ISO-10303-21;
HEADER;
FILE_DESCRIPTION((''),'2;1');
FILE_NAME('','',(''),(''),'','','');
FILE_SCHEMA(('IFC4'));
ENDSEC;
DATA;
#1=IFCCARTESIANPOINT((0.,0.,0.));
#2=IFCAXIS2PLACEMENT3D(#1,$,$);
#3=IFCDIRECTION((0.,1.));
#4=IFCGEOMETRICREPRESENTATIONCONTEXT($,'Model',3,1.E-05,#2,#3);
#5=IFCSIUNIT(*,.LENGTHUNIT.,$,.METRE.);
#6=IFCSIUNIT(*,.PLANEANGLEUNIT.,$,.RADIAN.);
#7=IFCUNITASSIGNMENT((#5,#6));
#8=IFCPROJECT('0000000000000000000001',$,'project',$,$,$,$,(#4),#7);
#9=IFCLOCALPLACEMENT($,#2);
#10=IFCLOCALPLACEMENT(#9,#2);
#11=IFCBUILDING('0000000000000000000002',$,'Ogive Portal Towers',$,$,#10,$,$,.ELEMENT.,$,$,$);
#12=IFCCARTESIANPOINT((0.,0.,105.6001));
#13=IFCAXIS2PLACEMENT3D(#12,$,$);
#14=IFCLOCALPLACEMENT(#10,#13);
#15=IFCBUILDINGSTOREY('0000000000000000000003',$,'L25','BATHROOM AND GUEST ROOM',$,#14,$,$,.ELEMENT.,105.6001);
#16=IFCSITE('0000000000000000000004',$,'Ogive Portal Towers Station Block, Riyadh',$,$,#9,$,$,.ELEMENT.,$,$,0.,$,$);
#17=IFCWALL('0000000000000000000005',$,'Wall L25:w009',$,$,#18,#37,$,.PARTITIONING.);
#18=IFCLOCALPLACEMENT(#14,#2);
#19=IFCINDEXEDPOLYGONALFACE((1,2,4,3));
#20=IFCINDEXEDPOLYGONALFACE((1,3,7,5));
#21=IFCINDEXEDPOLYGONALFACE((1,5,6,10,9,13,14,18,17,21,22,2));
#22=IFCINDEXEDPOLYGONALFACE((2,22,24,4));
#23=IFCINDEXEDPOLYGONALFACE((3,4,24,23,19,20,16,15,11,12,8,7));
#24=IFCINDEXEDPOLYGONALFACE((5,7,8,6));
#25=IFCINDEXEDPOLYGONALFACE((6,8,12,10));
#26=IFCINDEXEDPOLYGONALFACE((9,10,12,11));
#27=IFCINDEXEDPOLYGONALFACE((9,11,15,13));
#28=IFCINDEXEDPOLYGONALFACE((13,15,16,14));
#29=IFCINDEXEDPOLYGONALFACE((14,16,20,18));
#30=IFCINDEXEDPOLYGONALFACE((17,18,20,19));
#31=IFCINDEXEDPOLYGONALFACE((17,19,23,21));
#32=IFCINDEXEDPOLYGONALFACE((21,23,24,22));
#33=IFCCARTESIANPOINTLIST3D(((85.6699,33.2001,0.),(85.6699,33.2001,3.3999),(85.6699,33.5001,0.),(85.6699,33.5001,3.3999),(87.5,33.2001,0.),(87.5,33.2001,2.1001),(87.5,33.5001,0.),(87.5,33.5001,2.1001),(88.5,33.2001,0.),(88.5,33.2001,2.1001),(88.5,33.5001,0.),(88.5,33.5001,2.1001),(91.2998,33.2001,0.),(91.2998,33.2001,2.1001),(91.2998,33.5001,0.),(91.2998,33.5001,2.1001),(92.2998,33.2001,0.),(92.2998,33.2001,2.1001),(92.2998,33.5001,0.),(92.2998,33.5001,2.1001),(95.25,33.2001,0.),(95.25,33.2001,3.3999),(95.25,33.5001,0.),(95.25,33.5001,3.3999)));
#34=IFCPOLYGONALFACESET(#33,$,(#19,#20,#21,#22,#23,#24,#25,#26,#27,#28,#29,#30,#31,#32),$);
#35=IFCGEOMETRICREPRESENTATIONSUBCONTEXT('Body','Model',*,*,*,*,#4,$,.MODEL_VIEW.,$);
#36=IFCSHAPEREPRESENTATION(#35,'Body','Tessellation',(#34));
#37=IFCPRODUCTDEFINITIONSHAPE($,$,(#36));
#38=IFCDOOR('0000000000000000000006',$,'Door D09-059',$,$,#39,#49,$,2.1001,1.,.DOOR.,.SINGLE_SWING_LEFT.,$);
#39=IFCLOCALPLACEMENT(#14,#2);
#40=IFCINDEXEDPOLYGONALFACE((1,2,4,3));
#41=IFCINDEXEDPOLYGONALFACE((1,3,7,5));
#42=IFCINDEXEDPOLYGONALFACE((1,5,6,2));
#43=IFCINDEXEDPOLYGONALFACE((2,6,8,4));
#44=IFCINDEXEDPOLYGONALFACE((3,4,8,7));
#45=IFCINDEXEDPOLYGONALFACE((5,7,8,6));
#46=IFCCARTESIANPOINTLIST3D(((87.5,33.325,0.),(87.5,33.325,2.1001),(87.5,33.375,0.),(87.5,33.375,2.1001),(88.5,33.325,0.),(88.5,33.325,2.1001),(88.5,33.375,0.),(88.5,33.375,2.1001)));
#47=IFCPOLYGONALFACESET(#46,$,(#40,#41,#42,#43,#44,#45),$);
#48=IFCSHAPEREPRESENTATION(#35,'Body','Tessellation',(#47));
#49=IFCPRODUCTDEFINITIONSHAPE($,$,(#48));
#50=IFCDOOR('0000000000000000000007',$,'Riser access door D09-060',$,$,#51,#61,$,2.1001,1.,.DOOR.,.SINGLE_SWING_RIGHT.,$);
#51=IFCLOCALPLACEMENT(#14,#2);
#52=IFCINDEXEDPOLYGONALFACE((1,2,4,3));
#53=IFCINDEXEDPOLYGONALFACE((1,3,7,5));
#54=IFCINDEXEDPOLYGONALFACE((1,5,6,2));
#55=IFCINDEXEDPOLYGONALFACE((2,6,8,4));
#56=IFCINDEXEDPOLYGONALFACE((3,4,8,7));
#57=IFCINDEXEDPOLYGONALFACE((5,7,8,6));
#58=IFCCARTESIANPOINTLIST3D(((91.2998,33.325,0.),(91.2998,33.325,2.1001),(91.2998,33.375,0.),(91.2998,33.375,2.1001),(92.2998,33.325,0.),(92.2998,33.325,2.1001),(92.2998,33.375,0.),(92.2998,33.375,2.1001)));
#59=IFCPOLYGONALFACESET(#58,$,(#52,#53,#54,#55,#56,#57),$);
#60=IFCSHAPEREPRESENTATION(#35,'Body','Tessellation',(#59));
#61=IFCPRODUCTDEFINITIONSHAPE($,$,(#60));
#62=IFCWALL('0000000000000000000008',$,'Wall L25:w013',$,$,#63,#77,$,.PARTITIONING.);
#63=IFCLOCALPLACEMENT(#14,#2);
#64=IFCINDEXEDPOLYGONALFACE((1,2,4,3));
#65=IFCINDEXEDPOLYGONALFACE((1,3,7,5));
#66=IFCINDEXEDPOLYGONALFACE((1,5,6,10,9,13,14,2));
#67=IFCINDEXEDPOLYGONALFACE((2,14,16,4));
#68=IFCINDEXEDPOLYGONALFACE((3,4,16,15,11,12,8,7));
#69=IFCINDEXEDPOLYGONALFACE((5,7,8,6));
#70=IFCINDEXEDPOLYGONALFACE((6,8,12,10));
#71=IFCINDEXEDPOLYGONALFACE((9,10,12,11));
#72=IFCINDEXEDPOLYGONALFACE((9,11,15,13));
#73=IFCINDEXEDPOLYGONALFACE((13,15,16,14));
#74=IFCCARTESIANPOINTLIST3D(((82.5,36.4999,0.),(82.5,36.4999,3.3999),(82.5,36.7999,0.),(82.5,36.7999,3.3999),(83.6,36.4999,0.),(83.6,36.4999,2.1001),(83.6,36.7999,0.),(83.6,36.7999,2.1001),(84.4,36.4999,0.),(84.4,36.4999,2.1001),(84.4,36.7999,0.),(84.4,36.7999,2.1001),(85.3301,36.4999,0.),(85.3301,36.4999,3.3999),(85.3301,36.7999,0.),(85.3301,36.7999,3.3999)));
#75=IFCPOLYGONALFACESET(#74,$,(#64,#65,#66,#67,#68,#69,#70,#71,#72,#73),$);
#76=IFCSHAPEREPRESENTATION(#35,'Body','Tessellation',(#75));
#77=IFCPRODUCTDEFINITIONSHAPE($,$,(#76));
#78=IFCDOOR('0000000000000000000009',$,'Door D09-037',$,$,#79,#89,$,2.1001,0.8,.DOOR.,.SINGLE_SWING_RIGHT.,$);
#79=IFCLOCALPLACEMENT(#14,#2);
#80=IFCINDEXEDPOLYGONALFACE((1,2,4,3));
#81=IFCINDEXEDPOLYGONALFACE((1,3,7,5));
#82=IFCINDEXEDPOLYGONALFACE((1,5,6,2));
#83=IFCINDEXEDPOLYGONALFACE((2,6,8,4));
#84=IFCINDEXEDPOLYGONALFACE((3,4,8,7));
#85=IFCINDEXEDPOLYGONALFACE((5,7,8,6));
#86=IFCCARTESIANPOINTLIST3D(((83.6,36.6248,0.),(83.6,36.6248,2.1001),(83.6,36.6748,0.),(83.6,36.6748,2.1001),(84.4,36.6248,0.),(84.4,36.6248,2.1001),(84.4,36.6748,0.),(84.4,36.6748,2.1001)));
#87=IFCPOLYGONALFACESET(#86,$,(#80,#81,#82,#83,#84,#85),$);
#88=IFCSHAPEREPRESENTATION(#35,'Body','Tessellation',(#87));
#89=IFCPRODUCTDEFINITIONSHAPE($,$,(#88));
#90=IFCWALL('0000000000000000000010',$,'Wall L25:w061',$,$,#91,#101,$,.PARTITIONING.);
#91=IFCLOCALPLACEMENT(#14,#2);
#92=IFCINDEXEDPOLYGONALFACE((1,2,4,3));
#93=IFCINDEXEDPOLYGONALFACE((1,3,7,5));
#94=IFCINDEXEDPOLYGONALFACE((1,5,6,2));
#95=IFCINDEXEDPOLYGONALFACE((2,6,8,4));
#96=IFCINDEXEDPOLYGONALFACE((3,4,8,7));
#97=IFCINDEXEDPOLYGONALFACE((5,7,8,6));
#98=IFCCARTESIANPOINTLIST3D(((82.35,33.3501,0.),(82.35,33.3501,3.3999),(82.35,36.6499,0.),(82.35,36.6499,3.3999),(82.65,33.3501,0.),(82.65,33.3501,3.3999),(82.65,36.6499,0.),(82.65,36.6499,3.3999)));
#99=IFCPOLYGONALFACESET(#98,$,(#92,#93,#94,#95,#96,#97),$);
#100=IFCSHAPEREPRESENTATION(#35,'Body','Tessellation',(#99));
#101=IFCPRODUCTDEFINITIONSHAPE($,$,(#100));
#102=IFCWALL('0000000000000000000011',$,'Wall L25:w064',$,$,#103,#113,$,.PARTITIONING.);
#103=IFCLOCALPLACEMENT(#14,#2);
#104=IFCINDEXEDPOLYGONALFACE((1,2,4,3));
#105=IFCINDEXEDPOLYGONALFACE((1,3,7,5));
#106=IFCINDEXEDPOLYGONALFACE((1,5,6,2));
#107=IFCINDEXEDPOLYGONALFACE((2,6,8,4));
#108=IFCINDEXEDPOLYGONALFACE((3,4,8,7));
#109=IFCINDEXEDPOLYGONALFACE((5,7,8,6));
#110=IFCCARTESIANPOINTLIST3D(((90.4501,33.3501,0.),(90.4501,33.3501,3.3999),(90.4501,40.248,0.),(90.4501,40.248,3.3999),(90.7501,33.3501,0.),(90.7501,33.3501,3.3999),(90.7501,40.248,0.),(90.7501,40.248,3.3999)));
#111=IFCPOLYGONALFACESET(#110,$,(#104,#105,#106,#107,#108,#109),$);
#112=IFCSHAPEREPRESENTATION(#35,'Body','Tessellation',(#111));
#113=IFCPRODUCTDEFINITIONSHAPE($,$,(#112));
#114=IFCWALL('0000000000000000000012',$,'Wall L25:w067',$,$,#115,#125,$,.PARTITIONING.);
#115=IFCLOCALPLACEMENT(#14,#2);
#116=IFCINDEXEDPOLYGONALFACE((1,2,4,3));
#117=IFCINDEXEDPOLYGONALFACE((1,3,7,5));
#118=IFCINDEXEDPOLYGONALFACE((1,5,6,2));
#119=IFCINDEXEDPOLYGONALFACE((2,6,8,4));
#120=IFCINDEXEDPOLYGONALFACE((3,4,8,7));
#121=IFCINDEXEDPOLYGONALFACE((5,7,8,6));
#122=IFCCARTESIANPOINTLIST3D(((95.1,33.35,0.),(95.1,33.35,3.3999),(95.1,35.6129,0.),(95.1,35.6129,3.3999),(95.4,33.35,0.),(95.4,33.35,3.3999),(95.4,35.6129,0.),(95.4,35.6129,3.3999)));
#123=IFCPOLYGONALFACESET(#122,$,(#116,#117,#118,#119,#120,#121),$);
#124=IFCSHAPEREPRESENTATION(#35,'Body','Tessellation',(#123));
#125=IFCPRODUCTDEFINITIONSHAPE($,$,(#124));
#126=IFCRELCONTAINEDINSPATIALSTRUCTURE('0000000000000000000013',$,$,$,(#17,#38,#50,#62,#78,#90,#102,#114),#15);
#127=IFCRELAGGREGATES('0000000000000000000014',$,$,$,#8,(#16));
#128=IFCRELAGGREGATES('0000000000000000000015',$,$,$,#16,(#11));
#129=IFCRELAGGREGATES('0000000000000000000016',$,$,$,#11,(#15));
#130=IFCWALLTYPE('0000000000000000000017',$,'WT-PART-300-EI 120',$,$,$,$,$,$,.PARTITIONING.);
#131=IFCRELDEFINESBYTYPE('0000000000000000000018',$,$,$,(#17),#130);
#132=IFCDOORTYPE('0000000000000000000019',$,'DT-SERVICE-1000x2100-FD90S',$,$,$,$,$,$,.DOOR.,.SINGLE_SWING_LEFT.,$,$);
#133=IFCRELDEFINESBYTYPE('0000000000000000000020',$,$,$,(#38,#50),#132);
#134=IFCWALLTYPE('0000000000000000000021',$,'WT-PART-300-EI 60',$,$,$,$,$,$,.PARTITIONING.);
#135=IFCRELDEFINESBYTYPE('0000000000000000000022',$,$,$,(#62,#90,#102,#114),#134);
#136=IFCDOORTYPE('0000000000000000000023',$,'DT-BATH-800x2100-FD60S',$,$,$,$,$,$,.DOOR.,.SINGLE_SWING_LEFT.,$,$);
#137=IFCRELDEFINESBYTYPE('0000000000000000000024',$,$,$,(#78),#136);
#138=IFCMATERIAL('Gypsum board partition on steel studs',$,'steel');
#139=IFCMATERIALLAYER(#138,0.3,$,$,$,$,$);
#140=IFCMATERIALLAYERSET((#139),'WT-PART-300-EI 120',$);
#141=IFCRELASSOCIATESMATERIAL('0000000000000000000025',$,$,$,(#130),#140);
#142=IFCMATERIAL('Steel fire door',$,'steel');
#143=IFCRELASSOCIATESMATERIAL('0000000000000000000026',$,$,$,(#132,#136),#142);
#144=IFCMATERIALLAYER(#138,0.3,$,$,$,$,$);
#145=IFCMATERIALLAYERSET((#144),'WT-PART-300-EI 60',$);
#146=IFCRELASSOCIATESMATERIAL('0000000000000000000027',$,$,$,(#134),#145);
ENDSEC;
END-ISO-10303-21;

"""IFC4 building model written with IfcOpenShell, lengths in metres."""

from ifc_helpers import new_model, si_unit, direction, frame, frame_2d, origin, place, context, subcontext, project, spatial, rectangle, extrude, material, layer, layer_set, type_object, element, fill, save


model = new_model("IFC4")

# Units and contexts
model_context = context("Model", 3, precision=1e-05, world=origin(), true_north=direction((0.0, 1.0)))
body_context = subcontext(model_context, "Body", "Model", "MODEL_VIEW")
ifc_project = project(units=[si_unit("LENGTHUNIT", "METRE"), si_unit("PLANEANGLEUNIT", "RADIAN")], contexts=[model_context])

# Site, building, storey
site_placement = place(None, origin())
site = spatial("IfcSite", under=ifc_project, at=site_placement, Name="Ogive Portal Towers Station Block, Riyadh", CompositionType="ELEMENT", RefElevation=0.0)
building_placement = place(site_placement, origin())
building = spatial("IfcBuilding", under=site, at=building_placement, Name="Ogive Portal Towers", CompositionType="ELEMENT")
storey_placement = place(building_placement, frame((0.0, 0.0, 105.6001)))
storey = spatial("IfcBuildingStorey", under=building, at=storey_placement, Name="L25", Description="BATHROOM AND GUEST ROOM", CompositionType="ELEMENT", Elevation=105.6001)

# Wall, openings, doors
ifc_material_1 = material(Name="Gypsum board partition on steel studs", Category="steel")
ifc_layer_1 = layer(ifc_material_1, 0.3)
ifc_layer_set_1 = layer_set([ifc_layer_1], Name="WT-PART-300-EI 120")
wall_type_1 = type_object("IfcWallType", Name="WT-PART-300-EI 120", PredefinedType="PARTITIONING", material=ifc_layer_set_1)
wall_1_placement = place(storey_placement, frame((85.6699, 33.3501, 0.0), z_axis=(0.0, 0.0, 1.0), x_axis=(1.0, 0.0, 0.0)))
wall_1 = element("IfcWall", 1, at=wall_1_placement, inside=storey, type_object=wall_type_1, Name="Wall L25:w009", PredefinedType="PARTITIONING", context=body_context, shape_type="SweptSolid", body=[
    extrude(rectangle(XDim=9.5801, YDim=0.3, at=frame_2d((4.79, 0.0))), origin(), (0.0, 0.0, 1.0), 3.3999),
])
opening_1_placement = place(wall_1_placement, frame((1.8301, 0.0, 0.0)))
opening_1 = element("IfcOpeningElement", 2, at=opening_1_placement, cuts=wall_1, PredefinedType="OPENING", context=body_context, shape_type="SweptSolid", body=[
    extrude(rectangle(XDim=1.0, YDim=2.1001, at=frame_2d((0.5, 1.05))), frame((0.0, 0.1602, 0.0), z_axis=(0.0, -1.0, 0.0), x_axis=(1.0, 0.0, 0.0)), (0.0, 0.0, 1.0), 0.3201),
])
opening_2_placement = place(wall_1_placement, frame((5.6299, 0.0, 0.0)))
opening_2 = element("IfcOpeningElement", 3, at=opening_2_placement, cuts=wall_1, PredefinedType="OPENING", context=body_context, shape_type="SweptSolid", body=[
    extrude(rectangle(XDim=1.0, YDim=2.1001, at=frame_2d((0.5, 1.05))), frame((0.0, 0.1602, 0.0), z_axis=(0.0, -1.0, 0.0), x_axis=(1.0, 0.0, 0.0)), (0.0, 0.0, 1.0), 0.3201),
])
ifc_material_2 = material(Name="Steel fire door", Category="steel")
door_type_1 = type_object("IfcDoorType", Name="DT-SERVICE-1000x2100-FD90S", OperationType="SINGLE_SWING_LEFT", PredefinedType="DOOR", material=ifc_material_2)
door_1_placement = place(opening_1_placement, origin())
door_1 = element("IfcDoor", 4, at=door_1_placement, inside=storey, type_object=door_type_1, Name="Door D09-059", OperationType="SINGLE_SWING_LEFT", OverallHeight=2.1001, OverallWidth=1.0, PredefinedType="DOOR", context=body_context, shape_type="SweptSolid", body=[
    extrude(rectangle(XDim=1.0, YDim=2.1001, at=frame_2d((0.5, 1.05))), frame((0.0, 0.0249, 0.0), z_axis=(0.0, -1.0, 0.0), x_axis=(1.0, 0.0, 0.0)), (0.0, 0.0, 1.0), 0.05),
])
fill(opening_1, door_1)
door_2_placement = place(opening_2_placement, origin())
door_2 = element("IfcDoor", 5, at=door_2_placement, inside=storey, type_object=door_type_1, Name="Riser access door D09-060", OperationType="SINGLE_SWING_RIGHT", OverallHeight=2.1001, OverallWidth=1.0, PredefinedType="DOOR", context=body_context, shape_type="SweptSolid", body=[
    extrude(rectangle(XDim=1.0, YDim=2.1001, at=frame_2d((0.5, 1.05))), frame((0.0, 0.0249, 0.0), z_axis=(0.0, -1.0, 0.0), x_axis=(1.0, 0.0, 0.0)), (0.0, 0.0, 1.0), 0.05),
])
fill(opening_2, door_2)

# Wall, opening, door
ifc_layer_2 = layer(ifc_material_1, 0.3)
ifc_layer_set_2 = layer_set([ifc_layer_2], Name="WT-PART-300-EI 60")
wall_type_2 = type_object("IfcWallType", Name="WT-PART-300-EI 60", PredefinedType="PARTITIONING", material=ifc_layer_set_2)
wall_2_placement = place(storey_placement, frame((82.5, 36.6499, 0.0), z_axis=(0.0, 0.0, 1.0), x_axis=(1.0, 0.0, 0.0)))
wall_2 = element("IfcWall", 6, at=wall_2_placement, inside=storey, type_object=wall_type_2, Name="Wall L25:w013", PredefinedType="PARTITIONING", context=body_context, shape_type="SweptSolid", body=[
    extrude(rectangle(XDim=2.8301, YDim=0.3, at=frame_2d((1.415, 0.0))), origin(), (0.0, 0.0, 1.0), 3.3999),
])
opening_3_placement = place(wall_2_placement, frame((1.1001, 0.0, 0.0)))
opening_3 = element("IfcOpeningElement", 7, at=opening_3_placement, cuts=wall_2, PredefinedType="OPENING", context=body_context, shape_type="SweptSolid", body=[
    extrude(rectangle(XDim=0.8, YDim=2.1001, at=frame_2d((0.3999, 1.05))), frame((0.0, 0.1602, 0.0), z_axis=(0.0, -1.0, 0.0), x_axis=(1.0, 0.0, 0.0)), (0.0, 0.0, 1.0), 0.3201),
])
door_type_2 = type_object("IfcDoorType", Name="DT-BATH-800x2100-FD60S", OperationType="SINGLE_SWING_LEFT", PredefinedType="DOOR", material=ifc_material_2)
door_3_placement = place(opening_3_placement, origin())
door_3 = element("IfcDoor", 8, at=door_3_placement, inside=storey, type_object=door_type_2, Name="Door D09-037", OperationType="SINGLE_SWING_RIGHT", OverallHeight=2.1001, OverallWidth=0.8, PredefinedType="DOOR", context=body_context, shape_type="SweptSolid", body=[
    extrude(rectangle(XDim=0.8, YDim=2.1001, at=frame_2d((0.3999, 1.05))), frame((0.0, 0.0249, 0.0), z_axis=(0.0, -1.0, 0.0), x_axis=(1.0, 0.0, 0.0)), (0.0, 0.0, 1.0), 0.05),
])
fill(opening_3, door_3)

# Walls
wall_3_placement = place(storey_placement, frame((82.5, 33.3501, 0.0), z_axis=(0.0, 0.0, 1.0), x_axis=(0.0, 1.0, 0.0)))
element("IfcWall", 9, at=wall_3_placement, inside=storey, type_object=wall_type_2, Name="Wall L25:w061", PredefinedType="PARTITIONING", context=body_context, shape_type="SweptSolid", body=[
    extrude(rectangle(XDim=3.2998, YDim=0.3, at=frame_2d((1.6499, 0.0))), origin(), (0.0, 0.0, 1.0), 3.3999),
])
wall_4_placement = place(storey_placement, frame((90.6001, 33.3501, 0.0), z_axis=(0.0, 0.0, 1.0), x_axis=(0.0, 1.0, 0.0)))
element("IfcWall", 10, at=wall_4_placement, inside=storey, type_object=wall_type_2, Name="Wall L25:w064", PredefinedType="PARTITIONING", context=body_context, shape_type="SweptSolid", body=[
    extrude(rectangle(XDim=6.8979, YDim=0.3, at=frame_2d((3.449, 0.0))), origin(), (0.0, 0.0, 1.0), 3.3999),
])
wall_5_placement = place(storey_placement, frame((95.25, 33.3501, 0.0), z_axis=(0.0, 0.0, 1.0), x_axis=(0.0, 1.0, 0.0)))
element("IfcWall", 11, at=wall_5_placement, inside=storey, type_object=wall_type_2, Name="Wall L25:w067", PredefinedType="PARTITIONING", context=body_context, shape_type="SweptSolid", body=[
    extrude(rectangle(XDim=2.2629, YDim=0.3, at=frame_2d((1.1313, 0.0))), origin(), (0.0, 0.0, 1.0), 3.3999),
])

save(model, "model.ifc")
